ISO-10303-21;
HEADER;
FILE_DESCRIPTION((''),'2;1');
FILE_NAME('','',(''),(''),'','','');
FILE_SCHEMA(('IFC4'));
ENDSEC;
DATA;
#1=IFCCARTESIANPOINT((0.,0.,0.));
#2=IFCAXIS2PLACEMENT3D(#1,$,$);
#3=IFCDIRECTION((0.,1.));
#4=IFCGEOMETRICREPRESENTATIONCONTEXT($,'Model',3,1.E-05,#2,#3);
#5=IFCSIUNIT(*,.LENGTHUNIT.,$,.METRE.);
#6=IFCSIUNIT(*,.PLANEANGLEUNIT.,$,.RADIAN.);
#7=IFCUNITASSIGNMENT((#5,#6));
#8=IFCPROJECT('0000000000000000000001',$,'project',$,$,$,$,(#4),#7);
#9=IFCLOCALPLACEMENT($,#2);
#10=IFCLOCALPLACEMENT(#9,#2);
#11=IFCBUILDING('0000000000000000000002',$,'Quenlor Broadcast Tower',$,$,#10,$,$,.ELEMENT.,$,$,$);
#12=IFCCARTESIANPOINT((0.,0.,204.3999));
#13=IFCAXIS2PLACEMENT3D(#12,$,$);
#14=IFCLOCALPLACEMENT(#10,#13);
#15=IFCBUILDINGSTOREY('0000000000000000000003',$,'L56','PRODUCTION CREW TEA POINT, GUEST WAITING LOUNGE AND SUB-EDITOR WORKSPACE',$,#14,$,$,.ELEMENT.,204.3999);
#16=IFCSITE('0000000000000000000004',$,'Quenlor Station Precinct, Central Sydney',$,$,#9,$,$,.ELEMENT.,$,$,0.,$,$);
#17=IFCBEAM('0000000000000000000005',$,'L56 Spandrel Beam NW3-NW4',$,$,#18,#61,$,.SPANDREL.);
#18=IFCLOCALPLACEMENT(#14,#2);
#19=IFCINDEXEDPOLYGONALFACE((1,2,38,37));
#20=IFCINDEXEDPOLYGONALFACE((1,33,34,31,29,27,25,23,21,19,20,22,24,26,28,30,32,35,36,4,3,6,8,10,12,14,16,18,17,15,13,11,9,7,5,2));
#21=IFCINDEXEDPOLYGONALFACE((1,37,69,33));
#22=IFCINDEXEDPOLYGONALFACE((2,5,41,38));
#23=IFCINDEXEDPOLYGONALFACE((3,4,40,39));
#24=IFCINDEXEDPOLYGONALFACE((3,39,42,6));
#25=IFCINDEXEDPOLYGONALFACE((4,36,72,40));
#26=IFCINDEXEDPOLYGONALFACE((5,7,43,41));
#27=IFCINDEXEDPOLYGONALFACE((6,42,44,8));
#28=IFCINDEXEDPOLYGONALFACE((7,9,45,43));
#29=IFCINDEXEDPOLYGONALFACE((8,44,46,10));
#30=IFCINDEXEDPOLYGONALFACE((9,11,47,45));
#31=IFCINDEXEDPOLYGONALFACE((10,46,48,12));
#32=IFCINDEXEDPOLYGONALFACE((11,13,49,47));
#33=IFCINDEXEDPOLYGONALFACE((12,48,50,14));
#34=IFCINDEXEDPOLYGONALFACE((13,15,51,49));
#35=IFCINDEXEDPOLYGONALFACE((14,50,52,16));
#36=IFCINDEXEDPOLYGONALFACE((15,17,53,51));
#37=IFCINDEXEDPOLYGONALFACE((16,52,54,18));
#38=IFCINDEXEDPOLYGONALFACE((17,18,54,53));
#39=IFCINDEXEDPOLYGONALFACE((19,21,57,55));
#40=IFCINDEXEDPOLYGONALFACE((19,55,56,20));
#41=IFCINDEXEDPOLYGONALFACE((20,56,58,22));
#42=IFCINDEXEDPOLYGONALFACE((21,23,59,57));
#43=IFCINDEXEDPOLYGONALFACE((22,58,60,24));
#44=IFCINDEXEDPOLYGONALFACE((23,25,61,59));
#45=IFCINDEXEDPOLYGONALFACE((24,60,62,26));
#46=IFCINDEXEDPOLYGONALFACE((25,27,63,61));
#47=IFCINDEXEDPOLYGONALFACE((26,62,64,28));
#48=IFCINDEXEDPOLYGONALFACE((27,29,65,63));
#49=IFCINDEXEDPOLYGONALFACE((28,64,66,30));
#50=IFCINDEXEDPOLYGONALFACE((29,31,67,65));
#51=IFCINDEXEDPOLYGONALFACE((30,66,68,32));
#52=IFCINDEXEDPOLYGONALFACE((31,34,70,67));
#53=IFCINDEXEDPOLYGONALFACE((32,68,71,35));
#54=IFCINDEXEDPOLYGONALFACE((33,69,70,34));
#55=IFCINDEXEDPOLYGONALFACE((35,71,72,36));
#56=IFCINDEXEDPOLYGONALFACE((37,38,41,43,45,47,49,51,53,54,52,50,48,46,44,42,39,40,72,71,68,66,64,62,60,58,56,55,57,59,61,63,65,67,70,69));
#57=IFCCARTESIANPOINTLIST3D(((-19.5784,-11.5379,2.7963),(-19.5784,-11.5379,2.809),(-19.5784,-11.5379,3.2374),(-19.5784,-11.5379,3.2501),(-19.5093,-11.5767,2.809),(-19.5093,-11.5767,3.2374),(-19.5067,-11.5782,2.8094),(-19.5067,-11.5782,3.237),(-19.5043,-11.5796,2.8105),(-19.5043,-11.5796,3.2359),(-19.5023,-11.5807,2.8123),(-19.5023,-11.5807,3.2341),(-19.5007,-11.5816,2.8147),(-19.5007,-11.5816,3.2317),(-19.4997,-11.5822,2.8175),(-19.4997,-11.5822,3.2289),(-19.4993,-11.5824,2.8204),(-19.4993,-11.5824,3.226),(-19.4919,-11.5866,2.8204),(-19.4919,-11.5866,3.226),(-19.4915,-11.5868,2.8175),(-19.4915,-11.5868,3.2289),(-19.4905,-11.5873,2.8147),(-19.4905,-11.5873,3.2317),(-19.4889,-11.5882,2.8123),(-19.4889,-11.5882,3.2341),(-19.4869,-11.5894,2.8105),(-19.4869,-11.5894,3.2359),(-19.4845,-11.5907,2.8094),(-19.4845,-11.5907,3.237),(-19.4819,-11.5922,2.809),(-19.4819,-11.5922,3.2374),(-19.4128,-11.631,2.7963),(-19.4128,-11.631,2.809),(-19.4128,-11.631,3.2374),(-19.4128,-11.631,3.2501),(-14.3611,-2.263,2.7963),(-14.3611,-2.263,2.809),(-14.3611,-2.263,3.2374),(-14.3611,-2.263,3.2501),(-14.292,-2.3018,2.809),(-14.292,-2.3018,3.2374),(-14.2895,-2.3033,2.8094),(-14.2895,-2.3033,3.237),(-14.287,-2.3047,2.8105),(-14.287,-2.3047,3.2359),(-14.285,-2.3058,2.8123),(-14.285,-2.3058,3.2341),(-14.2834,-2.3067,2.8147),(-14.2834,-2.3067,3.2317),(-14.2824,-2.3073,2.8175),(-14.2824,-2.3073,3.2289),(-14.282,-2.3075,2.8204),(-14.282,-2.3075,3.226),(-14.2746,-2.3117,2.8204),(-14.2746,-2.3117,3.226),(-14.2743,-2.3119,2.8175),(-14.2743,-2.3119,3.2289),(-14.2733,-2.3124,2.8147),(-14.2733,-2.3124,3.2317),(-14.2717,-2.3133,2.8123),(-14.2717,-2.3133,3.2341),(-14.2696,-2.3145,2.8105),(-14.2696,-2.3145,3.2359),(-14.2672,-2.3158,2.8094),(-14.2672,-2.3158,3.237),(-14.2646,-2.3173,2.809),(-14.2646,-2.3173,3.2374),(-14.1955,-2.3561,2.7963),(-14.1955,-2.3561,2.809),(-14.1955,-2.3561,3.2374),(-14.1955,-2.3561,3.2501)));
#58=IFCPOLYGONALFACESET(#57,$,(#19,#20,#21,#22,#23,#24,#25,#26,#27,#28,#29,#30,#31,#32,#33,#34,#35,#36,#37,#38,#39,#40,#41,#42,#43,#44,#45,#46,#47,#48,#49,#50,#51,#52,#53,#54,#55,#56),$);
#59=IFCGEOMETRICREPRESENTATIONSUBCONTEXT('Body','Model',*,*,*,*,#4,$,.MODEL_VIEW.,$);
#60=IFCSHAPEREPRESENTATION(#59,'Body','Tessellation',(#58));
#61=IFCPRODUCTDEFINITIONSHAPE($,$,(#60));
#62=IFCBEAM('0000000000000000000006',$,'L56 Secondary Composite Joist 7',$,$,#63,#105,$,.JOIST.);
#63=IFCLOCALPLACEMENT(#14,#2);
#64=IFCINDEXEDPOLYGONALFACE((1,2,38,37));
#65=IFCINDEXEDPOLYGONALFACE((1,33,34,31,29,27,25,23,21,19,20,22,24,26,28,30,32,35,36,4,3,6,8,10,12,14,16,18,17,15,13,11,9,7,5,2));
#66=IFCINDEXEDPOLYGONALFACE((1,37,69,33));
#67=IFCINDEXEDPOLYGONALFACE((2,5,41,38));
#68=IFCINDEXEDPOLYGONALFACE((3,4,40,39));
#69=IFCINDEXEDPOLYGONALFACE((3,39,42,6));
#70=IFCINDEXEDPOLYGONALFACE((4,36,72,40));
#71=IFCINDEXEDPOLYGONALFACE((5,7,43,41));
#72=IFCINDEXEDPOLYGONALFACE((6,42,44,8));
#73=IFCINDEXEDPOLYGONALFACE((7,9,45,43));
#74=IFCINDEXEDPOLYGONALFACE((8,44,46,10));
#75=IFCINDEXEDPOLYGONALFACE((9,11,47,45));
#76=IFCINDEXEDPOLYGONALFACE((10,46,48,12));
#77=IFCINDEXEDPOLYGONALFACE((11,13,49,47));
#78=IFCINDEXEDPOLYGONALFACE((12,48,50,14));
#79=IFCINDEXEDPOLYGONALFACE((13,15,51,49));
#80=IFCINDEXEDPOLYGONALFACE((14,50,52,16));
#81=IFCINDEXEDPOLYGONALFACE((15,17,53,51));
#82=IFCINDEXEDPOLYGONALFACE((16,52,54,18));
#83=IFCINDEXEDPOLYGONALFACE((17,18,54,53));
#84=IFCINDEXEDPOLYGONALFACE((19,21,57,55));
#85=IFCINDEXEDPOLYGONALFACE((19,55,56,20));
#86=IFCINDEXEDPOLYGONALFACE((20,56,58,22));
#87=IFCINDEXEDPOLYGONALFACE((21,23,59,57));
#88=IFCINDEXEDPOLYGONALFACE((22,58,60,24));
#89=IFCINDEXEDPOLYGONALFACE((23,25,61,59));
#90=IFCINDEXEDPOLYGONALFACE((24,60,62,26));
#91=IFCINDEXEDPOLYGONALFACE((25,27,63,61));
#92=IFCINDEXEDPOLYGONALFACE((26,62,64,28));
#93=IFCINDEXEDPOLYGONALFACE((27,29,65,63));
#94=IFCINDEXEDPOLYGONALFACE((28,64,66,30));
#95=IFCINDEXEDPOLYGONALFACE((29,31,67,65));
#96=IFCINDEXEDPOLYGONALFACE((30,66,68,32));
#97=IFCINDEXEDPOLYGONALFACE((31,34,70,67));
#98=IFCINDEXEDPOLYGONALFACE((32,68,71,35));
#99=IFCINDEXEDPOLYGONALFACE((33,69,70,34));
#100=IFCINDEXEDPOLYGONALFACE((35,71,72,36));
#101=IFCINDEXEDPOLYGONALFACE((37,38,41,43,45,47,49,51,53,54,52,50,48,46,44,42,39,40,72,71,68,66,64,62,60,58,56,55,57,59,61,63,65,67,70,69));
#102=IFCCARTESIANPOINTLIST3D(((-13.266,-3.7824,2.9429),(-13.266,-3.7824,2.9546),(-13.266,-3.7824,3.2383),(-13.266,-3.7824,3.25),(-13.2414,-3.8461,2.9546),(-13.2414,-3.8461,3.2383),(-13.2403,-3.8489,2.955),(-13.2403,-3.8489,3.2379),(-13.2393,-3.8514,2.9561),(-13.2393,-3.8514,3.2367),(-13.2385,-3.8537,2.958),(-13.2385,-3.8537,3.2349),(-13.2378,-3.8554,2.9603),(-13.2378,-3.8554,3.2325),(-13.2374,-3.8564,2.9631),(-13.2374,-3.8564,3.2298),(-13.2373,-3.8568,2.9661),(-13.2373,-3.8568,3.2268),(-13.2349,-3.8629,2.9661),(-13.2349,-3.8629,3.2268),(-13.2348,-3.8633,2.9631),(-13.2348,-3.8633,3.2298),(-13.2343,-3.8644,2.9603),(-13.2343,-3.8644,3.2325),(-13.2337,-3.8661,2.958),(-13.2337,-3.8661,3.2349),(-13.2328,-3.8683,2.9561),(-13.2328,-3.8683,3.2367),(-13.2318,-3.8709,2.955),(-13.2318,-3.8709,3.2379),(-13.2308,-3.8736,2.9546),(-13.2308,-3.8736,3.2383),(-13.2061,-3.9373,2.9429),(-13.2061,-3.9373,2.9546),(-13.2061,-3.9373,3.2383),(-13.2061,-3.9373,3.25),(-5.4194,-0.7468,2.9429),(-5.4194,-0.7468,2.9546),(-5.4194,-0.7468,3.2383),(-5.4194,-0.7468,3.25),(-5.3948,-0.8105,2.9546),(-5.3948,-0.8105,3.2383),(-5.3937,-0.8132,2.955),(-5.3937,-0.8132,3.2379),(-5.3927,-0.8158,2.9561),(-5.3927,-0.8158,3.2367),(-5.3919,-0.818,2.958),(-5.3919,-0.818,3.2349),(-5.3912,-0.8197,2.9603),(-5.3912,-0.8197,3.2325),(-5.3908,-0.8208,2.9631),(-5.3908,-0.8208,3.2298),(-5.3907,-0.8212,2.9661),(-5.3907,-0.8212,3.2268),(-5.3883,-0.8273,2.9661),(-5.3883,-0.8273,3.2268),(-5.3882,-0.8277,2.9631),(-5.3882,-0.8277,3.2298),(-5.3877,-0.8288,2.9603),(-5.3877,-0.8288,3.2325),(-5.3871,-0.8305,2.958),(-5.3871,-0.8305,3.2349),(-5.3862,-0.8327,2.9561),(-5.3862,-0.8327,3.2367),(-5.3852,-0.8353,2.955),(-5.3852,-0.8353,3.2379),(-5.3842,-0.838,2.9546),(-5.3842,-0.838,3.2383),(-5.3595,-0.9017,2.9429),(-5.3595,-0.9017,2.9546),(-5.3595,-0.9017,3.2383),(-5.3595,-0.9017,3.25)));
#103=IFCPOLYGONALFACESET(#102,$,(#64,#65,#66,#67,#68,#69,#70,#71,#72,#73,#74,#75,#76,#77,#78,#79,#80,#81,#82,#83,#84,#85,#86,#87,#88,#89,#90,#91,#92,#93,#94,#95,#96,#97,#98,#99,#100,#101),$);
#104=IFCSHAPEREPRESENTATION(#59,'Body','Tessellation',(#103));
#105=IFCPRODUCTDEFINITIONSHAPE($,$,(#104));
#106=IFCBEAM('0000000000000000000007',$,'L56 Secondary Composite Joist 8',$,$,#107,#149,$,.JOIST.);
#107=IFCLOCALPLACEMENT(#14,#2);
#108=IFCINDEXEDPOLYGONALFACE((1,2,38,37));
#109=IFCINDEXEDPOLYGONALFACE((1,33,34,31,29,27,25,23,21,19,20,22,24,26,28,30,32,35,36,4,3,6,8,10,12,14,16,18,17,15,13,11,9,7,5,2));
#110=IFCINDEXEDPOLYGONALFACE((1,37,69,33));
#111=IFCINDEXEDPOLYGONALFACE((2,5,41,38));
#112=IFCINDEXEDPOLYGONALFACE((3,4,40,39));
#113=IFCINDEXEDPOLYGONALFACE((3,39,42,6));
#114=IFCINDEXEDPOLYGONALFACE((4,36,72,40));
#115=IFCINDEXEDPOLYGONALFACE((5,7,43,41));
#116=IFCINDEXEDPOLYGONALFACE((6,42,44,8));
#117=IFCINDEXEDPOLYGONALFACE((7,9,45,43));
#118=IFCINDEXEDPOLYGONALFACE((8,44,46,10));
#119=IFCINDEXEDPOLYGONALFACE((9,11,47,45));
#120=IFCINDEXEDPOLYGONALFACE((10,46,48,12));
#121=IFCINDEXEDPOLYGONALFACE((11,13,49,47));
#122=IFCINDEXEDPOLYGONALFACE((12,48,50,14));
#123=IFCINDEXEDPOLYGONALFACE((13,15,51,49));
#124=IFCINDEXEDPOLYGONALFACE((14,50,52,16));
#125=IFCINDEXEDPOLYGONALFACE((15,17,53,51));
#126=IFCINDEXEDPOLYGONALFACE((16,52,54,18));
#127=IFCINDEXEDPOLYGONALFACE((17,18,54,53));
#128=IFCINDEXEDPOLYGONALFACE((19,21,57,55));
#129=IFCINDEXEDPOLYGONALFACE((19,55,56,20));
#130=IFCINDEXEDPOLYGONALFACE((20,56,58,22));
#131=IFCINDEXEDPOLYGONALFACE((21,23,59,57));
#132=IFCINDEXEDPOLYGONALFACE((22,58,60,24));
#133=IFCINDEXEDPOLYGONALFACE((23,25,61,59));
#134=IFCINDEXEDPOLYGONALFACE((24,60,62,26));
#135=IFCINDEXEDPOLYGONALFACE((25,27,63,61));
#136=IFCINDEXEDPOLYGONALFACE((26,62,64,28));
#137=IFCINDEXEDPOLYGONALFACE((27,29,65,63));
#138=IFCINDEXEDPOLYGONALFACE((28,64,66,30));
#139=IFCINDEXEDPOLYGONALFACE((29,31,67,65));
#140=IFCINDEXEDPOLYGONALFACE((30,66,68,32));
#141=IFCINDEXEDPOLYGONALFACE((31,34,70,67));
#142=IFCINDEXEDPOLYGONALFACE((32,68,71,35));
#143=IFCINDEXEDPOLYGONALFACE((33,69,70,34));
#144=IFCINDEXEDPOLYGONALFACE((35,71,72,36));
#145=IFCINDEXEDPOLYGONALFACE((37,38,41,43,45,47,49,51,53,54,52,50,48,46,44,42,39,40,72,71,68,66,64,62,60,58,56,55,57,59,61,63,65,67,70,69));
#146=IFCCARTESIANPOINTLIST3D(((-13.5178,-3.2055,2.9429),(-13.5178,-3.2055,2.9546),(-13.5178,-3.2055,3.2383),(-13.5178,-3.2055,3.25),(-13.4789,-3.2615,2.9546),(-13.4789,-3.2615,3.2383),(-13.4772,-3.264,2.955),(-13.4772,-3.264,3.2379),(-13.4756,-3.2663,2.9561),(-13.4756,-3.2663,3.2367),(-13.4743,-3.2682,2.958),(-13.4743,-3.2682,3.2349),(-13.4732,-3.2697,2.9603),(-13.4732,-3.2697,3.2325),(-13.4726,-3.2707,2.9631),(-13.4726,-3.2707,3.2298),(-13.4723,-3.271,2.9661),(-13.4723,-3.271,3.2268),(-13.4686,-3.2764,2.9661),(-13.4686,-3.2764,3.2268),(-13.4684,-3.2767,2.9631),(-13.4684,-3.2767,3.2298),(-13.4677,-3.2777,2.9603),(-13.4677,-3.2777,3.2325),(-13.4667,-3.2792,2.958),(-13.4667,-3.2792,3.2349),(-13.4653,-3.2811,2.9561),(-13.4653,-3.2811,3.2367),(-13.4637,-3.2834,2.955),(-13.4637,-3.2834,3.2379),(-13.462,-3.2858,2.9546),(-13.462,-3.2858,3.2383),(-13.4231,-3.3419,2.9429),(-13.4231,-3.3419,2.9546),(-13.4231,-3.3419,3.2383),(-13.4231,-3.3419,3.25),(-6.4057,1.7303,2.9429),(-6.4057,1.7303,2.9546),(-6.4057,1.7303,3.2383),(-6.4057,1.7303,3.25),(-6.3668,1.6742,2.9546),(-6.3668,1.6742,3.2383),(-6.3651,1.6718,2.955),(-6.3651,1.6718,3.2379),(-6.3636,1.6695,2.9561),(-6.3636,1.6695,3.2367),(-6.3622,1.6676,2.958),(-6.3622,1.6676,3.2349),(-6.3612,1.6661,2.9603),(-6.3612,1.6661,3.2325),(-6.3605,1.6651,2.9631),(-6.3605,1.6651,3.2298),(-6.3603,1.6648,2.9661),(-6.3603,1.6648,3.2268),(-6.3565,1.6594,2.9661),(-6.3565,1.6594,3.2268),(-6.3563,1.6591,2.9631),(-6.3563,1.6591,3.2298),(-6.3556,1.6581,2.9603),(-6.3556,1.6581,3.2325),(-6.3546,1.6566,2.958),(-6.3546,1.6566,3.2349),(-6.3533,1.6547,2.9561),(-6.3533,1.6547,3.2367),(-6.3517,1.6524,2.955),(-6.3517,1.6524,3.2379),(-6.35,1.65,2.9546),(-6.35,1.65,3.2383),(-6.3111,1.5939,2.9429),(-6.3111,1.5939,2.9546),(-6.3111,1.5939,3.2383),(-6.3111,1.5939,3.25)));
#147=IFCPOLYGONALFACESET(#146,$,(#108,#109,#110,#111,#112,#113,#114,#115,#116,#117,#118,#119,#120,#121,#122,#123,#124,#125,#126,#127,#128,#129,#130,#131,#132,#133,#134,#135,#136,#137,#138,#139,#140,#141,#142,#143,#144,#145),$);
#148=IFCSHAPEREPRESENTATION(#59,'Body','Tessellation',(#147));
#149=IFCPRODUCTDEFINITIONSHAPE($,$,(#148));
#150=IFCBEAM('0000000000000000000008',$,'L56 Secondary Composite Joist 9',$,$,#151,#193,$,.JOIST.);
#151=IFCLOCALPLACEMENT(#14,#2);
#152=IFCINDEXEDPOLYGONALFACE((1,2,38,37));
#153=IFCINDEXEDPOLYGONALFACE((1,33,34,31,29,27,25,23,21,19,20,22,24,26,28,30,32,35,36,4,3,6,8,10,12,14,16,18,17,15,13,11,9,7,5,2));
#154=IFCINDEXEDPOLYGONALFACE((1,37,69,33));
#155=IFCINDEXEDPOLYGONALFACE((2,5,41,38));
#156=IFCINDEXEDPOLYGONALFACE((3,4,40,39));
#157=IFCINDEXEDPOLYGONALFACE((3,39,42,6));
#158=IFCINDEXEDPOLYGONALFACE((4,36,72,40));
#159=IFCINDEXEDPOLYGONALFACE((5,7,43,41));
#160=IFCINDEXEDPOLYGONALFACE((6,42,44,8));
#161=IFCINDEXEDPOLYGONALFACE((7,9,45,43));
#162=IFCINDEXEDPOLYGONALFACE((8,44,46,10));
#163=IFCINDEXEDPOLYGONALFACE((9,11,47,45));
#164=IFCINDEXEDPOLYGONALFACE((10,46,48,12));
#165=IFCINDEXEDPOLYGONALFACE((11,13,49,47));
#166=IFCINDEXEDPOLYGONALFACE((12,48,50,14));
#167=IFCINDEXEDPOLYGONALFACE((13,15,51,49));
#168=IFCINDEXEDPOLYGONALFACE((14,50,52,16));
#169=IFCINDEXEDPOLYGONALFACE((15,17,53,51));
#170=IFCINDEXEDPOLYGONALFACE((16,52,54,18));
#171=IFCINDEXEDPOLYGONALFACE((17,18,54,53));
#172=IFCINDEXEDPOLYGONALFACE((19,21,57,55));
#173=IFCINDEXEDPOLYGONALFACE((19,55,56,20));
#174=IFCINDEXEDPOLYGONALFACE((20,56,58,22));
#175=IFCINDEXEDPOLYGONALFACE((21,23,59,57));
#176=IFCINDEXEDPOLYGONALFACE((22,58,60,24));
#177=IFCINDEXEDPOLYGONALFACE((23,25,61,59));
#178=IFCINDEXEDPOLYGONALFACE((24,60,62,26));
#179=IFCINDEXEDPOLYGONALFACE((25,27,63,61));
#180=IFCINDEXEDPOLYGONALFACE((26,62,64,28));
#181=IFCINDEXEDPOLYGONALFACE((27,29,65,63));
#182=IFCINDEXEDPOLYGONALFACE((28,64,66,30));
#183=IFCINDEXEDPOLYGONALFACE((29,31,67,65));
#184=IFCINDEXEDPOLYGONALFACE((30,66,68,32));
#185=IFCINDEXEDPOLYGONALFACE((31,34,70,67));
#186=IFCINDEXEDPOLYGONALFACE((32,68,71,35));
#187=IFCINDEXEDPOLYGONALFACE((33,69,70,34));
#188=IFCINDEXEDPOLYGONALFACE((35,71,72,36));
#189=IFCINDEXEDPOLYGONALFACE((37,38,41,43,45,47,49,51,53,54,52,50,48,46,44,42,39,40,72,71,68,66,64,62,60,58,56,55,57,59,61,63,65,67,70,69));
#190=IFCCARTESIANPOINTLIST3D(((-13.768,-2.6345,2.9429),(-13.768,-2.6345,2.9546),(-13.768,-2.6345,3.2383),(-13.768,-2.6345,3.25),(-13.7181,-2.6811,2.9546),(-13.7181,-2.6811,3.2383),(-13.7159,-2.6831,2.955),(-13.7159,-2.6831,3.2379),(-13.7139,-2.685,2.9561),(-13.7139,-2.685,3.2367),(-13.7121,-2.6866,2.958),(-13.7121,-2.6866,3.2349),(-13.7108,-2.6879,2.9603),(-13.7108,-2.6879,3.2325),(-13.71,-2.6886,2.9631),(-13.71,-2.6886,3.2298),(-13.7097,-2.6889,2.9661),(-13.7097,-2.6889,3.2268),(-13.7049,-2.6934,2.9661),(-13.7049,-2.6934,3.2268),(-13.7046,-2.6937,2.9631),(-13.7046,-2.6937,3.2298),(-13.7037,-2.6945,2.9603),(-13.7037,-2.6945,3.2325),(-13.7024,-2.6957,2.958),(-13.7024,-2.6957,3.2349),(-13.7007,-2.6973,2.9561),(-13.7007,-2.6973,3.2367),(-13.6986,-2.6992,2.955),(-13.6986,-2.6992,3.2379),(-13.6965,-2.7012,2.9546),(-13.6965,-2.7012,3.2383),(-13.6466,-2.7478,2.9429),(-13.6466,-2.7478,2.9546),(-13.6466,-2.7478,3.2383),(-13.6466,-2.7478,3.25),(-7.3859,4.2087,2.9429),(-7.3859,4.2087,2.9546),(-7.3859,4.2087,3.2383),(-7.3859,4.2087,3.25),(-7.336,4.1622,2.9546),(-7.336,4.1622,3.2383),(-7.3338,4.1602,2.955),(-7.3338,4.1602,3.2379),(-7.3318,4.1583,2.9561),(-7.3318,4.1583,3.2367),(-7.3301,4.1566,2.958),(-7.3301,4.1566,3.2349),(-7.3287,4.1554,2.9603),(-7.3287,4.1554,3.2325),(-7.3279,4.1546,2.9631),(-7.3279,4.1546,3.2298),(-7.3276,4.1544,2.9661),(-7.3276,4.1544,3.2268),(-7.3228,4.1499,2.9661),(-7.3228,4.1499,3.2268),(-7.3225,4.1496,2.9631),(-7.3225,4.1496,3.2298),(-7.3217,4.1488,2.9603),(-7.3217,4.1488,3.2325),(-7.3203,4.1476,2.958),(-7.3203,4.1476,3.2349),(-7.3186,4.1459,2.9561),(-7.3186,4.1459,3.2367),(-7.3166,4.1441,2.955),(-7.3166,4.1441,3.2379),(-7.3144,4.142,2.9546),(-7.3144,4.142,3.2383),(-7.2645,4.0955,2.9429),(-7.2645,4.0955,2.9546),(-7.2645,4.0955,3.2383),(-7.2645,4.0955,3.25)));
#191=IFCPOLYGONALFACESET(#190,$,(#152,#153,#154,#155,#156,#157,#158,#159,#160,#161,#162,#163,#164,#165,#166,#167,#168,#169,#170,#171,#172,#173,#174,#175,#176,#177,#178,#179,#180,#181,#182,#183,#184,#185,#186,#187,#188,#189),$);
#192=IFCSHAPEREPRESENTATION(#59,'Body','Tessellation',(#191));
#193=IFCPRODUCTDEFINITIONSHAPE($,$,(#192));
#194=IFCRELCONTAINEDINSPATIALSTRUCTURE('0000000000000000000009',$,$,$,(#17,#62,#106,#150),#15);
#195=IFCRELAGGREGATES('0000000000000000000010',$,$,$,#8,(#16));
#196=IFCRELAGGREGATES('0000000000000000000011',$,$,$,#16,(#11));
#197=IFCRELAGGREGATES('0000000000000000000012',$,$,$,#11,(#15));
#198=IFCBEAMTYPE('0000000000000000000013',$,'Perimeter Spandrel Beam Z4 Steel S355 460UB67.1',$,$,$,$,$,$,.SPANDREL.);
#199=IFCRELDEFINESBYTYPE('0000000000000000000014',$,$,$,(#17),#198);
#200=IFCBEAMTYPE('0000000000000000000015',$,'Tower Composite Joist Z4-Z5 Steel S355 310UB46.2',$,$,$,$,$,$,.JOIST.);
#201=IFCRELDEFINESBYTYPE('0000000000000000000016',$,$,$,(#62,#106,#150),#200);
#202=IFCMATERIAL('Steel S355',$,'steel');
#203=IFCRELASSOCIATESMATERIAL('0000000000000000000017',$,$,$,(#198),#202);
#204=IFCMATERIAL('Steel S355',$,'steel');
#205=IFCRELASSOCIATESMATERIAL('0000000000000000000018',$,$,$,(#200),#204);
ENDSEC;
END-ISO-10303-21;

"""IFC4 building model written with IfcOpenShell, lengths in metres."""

from ifc_helpers import new_model, si_unit, direction, frame, origin, origin_2d, place, context, subcontext, project, spatial, i_section, extrude, material, material_profile, profile_set, type_object, element, save


model = new_model("IFC4")

# Units and contexts
model_context = context("Model", 3, precision=1e-05, world=origin(), true_north=direction((0.0, 1.0)))
body_context = subcontext(model_context, "Body", "Model", "MODEL_VIEW")
ifc_project = project(units=[si_unit("LENGTHUNIT", "METRE"), si_unit("PLANEANGLEUNIT", "RADIAN")], contexts=[model_context])

# Site, building, storey
site_placement = place(None, origin())
site = spatial("IfcSite", under=ifc_project, at=site_placement, Name="Quenlor Station Precinct, Central Sydney", CompositionType="ELEMENT", RefElevation=0.0)
building_placement = place(site_placement, origin())
building = spatial("IfcBuilding", under=site, at=building_placement, Name="Quenlor Broadcast Tower", CompositionType="ELEMENT")
storey_placement = place(building_placement, frame((0.0, 0.0, 204.3999)))
storey = spatial("IfcBuildingStorey", under=building, at=storey_placement, Name="L56", Description="PRODUCTION CREW TEA POINT, GUEST WAITING LOUNGE AND SUB-EDITOR WORKSPACE", CompositionType="ELEMENT", Elevation=204.3999)

# Beams
ifc_material_1 = material(Name="Steel S355", Category="steel")
ifc_material_profile_1 = material_profile(ifc_material_1, i_section(OverallWidth=0.1899, OverallDepth=0.4539, WebThickness=0.0085, FlangeThickness=0.0127, FilletRadius=0.0115, at=origin_2d()))
ifc_profile_set_1 = profile_set([ifc_material_profile_1], Name="Steel S355 460UB67.1")
beam_type_1 = type_object("IfcBeamType", Name="Perimeter Spandrel Beam Z4 Steel S355 460UB67.1", PredefinedType="SPANDREL", material=ifc_profile_set_1)
beam_1_placement = place(storey_placement, frame((-14.2783, -2.3096, 3.0232), z_axis=(-0.490272, -0.871569, 0.0), x_axis=(0.871569, -0.490272, 0.0)))
element("IfcBeam", 1, at=beam_1_placement, inside=storey, type_object=beam_type_1, Name="L56 Spandrel Beam NW3-NW4", PredefinedType="SPANDREL", context=body_context, shape_type="SweptSolid", body=[
    extrude(i_section(OverallWidth=0.1899, OverallDepth=0.4539, WebThickness=0.0085, FlangeThickness=0.0127, FilletRadius=0.0115, at=origin_2d()), origin(), (0.0, 0.0, 1.0), 10.6416),
])
ifc_material_2 = material(Name="Steel S355", Category="steel")
ifc_material_profile_2 = material_profile(ifc_material_2, i_section(OverallWidth=0.166, OverallDepth=0.3071, WebThickness=0.0066, FlangeThickness=0.0117, FilletRadius=0.0115, at=origin_2d()))
ifc_profile_set_2 = profile_set([ifc_material_profile_2], Name="Steel S355 310UB46.2")
beam_type_2 = type_object("IfcBeamType", Name="Tower Composite Joist Z4-Z5 Steel S355 310UB46.2", PredefinedType="JOIST", material=ifc_profile_set_2)
beam_2_placement = place(storey_placement, frame((-13.2361, -3.8599, 3.0964), z_axis=(0.932639, 0.36081, 0.0), x_axis=(-0.36081, 0.932639, 0.0)))
element("IfcBeam", 2, at=beam_2_placement, inside=storey, type_object=beam_type_2, Name="L56 Secondary Composite Joist 7", PredefinedType="JOIST", context=body_context, shape_type="SweptSolid", body=[
    extrude(i_section(OverallWidth=0.166, OverallDepth=0.3071, WebThickness=0.0066, FlangeThickness=0.0117, FilletRadius=0.0115, at=origin_2d()), origin(), (0.0, 0.0, 1.0), 8.4133),
])
beam_3_placement = place(storey_placement, frame((-13.4705, -3.2737, 3.0964), z_axis=(0.82154, 0.570151, 0.0), x_axis=(-0.570151, 0.82154, 0.0)))
element("IfcBeam", 3, at=beam_3_placement, inside=storey, type_object=beam_type_2, Name="L56 Secondary Composite Joist 8", PredefinedType="JOIST", context=body_context, shape_type="SweptSolid", body=[
    extrude(i_section(OverallWidth=0.166, OverallDepth=0.3071, WebThickness=0.0066, FlangeThickness=0.0117, FilletRadius=0.0115, at=origin_2d()), origin(), (0.0, 0.0, 1.0), 8.657),
])
beam_4_placement = place(storey_placement, frame((-13.7073, -2.6912, 3.0964), z_axis=(0.682035, 0.73132, 0.0), x_axis=(-0.73132, 0.682035, 0.0)))
element("IfcBeam", 4, at=beam_4_placement, inside=storey, type_object=beam_type_2, Name="L56 Secondary Composite Joist 9", PredefinedType="JOIST", context=body_context, shape_type="SweptSolid", body=[
    extrude(i_section(OverallWidth=0.166, OverallDepth=0.3071, WebThickness=0.0066, FlangeThickness=0.0117, FilletRadius=0.0115, at=origin_2d()), origin(), (0.0, 0.0, 1.0), 9.3574),
])

save(model, "model.ifc")
